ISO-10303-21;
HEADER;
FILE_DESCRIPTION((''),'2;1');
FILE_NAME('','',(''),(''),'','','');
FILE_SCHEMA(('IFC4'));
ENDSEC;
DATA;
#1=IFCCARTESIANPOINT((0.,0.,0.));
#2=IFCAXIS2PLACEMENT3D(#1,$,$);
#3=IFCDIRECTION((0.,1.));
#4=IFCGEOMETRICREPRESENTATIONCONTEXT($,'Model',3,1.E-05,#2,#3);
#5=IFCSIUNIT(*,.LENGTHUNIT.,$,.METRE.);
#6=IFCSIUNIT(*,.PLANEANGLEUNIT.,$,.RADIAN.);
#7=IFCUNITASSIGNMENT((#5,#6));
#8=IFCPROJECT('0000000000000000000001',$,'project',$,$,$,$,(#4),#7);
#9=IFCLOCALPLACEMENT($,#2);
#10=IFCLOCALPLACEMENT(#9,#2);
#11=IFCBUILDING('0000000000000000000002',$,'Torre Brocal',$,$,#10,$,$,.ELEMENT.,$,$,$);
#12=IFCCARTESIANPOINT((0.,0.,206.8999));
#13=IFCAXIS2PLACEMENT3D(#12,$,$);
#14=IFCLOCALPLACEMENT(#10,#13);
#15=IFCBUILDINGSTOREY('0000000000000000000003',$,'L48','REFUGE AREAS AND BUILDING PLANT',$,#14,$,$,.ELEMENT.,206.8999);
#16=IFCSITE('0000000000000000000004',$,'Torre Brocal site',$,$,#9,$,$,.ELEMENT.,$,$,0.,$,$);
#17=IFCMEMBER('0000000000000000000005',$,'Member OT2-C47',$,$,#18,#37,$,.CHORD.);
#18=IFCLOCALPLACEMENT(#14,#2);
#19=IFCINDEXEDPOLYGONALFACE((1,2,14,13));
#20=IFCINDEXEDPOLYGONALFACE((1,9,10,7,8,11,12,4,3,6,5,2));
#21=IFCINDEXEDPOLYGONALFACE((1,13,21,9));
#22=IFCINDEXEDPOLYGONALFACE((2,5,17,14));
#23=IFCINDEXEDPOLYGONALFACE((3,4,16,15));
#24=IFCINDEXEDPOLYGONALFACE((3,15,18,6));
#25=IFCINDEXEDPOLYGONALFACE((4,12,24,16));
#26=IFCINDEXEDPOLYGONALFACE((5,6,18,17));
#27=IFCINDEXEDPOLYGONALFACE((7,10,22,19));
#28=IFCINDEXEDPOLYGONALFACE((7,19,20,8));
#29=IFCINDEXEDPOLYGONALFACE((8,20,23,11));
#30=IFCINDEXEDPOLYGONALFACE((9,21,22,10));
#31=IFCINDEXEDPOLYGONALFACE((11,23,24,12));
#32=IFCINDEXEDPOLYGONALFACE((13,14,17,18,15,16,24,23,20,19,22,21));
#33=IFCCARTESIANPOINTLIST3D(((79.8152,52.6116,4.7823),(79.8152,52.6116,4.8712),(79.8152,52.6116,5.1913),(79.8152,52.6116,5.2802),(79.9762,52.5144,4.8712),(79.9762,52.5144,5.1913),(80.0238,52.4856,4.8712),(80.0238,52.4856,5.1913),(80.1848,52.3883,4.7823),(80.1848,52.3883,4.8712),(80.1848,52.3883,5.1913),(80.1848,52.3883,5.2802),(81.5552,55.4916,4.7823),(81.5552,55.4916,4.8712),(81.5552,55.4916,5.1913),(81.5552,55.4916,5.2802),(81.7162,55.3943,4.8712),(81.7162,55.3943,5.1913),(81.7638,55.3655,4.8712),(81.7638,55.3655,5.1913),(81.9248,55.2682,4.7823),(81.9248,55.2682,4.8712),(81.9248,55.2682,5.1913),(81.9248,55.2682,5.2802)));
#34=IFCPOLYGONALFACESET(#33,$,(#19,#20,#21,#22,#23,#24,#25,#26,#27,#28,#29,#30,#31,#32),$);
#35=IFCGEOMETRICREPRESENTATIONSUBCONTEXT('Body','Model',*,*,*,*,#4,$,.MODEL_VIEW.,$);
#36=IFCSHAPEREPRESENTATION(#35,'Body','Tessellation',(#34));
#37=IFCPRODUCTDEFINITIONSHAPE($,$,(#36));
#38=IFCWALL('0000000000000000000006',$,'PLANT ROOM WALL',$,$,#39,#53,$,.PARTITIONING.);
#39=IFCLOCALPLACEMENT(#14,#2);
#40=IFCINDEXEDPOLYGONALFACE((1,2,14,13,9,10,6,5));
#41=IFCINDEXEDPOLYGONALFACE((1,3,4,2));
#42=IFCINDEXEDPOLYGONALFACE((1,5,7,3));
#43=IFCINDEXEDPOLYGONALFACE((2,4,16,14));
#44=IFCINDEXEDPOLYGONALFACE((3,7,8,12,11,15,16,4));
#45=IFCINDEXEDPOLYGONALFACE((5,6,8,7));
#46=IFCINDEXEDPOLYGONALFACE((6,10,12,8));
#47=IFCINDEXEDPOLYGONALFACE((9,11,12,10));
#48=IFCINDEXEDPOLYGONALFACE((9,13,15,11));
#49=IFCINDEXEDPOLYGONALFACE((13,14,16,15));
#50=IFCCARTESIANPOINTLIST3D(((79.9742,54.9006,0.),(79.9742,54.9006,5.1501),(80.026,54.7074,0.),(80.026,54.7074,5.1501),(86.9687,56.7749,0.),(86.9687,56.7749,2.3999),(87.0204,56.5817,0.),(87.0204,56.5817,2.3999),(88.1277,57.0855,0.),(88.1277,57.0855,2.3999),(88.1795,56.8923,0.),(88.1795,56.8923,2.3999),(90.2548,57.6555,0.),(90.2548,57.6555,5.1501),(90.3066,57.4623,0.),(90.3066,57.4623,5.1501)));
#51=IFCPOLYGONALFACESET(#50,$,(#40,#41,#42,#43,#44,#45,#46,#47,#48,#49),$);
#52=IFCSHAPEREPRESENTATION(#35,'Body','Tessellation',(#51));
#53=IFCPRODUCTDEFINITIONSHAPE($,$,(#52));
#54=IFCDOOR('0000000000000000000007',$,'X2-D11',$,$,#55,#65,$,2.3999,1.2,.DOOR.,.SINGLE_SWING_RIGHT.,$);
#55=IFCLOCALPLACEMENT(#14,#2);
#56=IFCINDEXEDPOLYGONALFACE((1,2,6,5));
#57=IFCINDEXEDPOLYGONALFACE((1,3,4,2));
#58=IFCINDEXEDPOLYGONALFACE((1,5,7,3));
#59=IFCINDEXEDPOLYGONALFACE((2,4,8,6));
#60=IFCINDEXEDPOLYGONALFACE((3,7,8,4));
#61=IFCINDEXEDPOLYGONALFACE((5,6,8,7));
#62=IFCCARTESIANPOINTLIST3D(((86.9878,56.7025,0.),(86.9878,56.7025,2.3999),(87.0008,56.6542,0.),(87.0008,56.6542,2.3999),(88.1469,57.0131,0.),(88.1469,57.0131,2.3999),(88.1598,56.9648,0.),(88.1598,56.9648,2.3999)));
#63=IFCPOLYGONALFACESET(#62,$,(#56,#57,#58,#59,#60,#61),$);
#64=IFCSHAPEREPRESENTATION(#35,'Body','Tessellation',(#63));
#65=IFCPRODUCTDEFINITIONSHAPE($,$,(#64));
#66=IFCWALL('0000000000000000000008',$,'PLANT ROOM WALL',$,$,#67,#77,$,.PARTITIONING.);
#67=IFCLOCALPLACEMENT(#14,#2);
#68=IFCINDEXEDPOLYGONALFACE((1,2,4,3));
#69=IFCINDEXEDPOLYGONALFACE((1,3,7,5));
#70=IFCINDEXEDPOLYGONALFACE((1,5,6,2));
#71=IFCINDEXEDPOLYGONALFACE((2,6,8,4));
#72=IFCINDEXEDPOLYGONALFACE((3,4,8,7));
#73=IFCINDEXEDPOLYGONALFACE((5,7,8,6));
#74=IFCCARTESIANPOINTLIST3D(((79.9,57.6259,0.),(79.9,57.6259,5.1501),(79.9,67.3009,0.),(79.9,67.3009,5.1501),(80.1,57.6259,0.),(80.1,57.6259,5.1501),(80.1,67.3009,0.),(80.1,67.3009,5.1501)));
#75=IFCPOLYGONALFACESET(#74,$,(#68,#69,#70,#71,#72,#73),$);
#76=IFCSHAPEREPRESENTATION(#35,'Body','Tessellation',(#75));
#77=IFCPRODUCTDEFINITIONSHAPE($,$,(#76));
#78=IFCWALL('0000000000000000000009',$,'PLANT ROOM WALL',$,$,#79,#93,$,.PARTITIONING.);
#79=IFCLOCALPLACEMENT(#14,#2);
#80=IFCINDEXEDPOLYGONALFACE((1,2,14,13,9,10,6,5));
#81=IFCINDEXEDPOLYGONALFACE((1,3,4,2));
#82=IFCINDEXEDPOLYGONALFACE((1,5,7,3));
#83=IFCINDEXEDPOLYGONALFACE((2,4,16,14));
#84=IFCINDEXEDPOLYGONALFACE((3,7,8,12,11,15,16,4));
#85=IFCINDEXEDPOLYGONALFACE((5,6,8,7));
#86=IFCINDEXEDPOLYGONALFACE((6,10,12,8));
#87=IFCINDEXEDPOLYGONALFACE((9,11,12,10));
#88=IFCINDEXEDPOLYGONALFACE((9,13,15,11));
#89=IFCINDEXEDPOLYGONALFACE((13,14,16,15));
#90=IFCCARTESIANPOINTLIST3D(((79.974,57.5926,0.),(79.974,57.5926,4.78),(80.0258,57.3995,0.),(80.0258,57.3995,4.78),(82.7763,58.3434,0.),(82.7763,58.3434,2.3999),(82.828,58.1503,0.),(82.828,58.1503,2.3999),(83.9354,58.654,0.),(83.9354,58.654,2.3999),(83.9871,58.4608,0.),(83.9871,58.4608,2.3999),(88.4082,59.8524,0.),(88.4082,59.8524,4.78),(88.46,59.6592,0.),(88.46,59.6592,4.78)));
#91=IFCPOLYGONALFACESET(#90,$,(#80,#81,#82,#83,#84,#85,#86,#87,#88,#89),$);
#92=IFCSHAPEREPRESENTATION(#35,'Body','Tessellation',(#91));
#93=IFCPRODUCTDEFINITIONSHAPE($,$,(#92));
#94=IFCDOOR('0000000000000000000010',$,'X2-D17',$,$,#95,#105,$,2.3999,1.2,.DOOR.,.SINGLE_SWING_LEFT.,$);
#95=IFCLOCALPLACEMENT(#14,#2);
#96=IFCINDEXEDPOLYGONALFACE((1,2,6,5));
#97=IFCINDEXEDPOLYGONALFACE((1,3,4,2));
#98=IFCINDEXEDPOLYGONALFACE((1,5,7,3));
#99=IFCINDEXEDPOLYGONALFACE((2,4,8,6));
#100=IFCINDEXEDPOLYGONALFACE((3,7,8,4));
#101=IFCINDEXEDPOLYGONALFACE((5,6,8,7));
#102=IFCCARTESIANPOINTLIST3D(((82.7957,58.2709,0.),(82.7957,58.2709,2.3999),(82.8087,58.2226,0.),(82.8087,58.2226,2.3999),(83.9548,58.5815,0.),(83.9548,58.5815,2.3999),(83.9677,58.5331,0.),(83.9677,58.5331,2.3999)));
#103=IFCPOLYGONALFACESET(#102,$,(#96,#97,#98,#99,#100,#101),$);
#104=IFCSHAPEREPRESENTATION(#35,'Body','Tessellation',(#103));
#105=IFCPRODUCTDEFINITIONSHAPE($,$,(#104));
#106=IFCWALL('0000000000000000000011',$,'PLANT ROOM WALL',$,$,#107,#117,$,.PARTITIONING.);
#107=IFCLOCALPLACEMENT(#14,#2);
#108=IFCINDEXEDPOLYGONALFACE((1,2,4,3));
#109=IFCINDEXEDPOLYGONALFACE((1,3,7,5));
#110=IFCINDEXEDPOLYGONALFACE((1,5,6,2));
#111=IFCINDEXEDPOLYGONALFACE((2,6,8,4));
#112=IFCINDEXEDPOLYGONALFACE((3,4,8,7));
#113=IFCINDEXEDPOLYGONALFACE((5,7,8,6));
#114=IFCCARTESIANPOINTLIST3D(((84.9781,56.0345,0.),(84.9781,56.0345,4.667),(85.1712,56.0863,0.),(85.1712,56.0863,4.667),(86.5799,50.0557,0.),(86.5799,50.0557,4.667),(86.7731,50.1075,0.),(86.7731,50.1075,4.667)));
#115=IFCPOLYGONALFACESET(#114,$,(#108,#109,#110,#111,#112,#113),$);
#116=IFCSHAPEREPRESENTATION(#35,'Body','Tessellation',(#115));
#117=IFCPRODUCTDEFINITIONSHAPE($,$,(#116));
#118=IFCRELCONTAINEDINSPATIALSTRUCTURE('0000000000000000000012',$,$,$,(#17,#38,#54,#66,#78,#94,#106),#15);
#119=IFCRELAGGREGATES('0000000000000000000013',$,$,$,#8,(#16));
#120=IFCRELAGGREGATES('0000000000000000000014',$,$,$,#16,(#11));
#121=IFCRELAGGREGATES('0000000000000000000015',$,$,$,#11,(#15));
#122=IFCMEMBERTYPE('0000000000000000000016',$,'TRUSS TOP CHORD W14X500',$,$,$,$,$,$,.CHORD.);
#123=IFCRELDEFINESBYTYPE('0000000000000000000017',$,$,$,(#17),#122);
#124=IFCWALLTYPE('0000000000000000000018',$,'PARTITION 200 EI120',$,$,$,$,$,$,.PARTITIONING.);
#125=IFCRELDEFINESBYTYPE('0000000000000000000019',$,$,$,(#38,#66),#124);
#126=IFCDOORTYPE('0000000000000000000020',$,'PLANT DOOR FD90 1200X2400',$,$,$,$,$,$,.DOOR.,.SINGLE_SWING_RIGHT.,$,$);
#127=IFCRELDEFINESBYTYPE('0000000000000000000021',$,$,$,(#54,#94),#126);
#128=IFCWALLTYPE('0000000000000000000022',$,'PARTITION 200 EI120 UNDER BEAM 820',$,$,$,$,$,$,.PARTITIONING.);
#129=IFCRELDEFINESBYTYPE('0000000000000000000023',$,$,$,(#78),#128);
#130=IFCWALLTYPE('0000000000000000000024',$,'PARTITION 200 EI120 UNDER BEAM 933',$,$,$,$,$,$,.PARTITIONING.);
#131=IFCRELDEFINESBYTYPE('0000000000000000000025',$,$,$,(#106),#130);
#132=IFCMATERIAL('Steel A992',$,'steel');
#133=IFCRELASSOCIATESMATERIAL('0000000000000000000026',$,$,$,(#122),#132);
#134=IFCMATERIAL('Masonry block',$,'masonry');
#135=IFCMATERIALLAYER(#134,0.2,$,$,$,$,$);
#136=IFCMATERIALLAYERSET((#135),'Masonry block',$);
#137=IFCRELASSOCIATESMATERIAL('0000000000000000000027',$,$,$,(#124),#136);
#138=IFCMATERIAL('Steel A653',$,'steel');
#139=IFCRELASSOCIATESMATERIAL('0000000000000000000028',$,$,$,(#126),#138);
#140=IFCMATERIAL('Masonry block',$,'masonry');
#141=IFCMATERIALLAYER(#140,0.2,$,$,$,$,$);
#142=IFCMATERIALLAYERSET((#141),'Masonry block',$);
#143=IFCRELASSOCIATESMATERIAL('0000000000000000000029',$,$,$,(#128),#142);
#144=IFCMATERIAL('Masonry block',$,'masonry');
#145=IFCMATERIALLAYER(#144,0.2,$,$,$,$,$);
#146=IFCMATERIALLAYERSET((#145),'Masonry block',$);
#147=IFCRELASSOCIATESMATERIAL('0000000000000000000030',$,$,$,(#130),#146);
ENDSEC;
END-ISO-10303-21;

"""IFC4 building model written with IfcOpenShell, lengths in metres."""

from ifc_helpers import new_model, si_unit, direction, frame, frame_2d, origin, origin_2d, place, context, subcontext, project, spatial, rectangle, i_section, extrude, material, layer, layer_set, material_profile, profile_set, type_object, element, fill, save


model = new_model("IFC4")

# Units and contexts
model_context = context("Model", 3, precision=1e-05, world=origin(), true_north=direction((0.0, 1.0)))
body_context = subcontext(model_context, "Body", "Model", "MODEL_VIEW")
ifc_project = project(units=[si_unit("LENGTHUNIT", "METRE"), si_unit("PLANEANGLEUNIT", "RADIAN")], contexts=[model_context])

# Site, building, storey
site_placement = place(None, origin())
site = spatial("IfcSite", under=ifc_project, at=site_placement, Name="Torre Brocal site", CompositionType="ELEMENT", RefElevation=0.0)
building_placement = place(site_placement, origin())
building = spatial("IfcBuilding", under=site, at=building_placement, Name="Torre Brocal", CompositionType="ELEMENT")
storey_placement = place(building_placement, frame((0.0, 0.0, 206.8999)))
storey = spatial("IfcBuildingStorey", under=building, at=storey_placement, Name="L48", Description="REFUGE AREAS AND BUILDING PLANT", CompositionType="ELEMENT", Elevation=206.8999)

# Member
ifc_material_1 = material(Name="Steel A992", Category="steel")
ifc_material_profile_1 = material_profile(ifc_material_1, i_section(OverallWidth=0.4319, OverallDepth=0.4978, WebThickness=0.0557, FlangeThickness=0.0889, at=origin_2d()), Name="W14X500")
ifc_profile_set_1 = profile_set([ifc_material_profile_1], Name="Steel A992")
member_type_1 = type_object("IfcMemberType", Name="TRUSS TOP CHORD W14X500", PredefinedType="CHORD", material=ifc_profile_set_1)
member_1_placement = place(storey_placement, frame((81.74, 55.3799, 5.0312), z_axis=(-0.517129, -0.855908, 0.0), x_axis=(0.855908, -0.517129, 0.0)))
element("IfcMember", 1, at=member_1_placement, inside=storey, type_object=member_type_1, Name="Member OT2-C47", PredefinedType="CHORD", context=body_context, shape_type="SweptSolid", body=[
    extrude(i_section(OverallWidth=0.4319, OverallDepth=0.4978, WebThickness=0.0557, FlangeThickness=0.0889, at=origin_2d()), origin(), (0.0, 0.0, 1.0), 3.3647),
])

# Wall, opening, door
ifc_material_2 = material(Name="Masonry block", Category="masonry")
ifc_layer_1 = layer(ifc_material_2, 0.2)
ifc_layer_set_1 = layer_set([ifc_layer_1], Name="Masonry block")
wall_type_1 = type_object("IfcWallType", Name="PARTITION 200 EI120", PredefinedType="PARTITIONING", material=ifc_layer_set_1)
wall_1_placement = place(storey_placement, frame((80.0, 54.804, 0.0), z_axis=(0.0, 0.0, 1.0), x_axis=(0.965921, 0.258839, 0.0)))
wall_1 = element("IfcWall", 2, at=wall_1_placement, inside=storey, type_object=wall_type_1, Name="PLANT ROOM WALL", PredefinedType="PARTITIONING", context=body_context, shape_type="SweptSolid", body=[
    extrude(rectangle(XDim=10.6433, YDim=0.2, at=frame_2d((5.3218, 0.0))), origin(), (0.0, 0.0, 1.0), 5.1501),
])
opening_1_placement = place(wall_1_placement, frame((7.2412, 0.0, 0.0)))
opening_1 = element("IfcOpeningElement", 3, at=opening_1_placement, cuts=wall_1, PredefinedType="OPENING", context=body_context, shape_type="SweptSolid", body=[
    extrude(rectangle(XDim=1.2, YDim=2.3999, at=frame_2d((0.6001, 1.2))), frame((0.0, 0.1099, 0.0), z_axis=(0.0, -1.0, 0.0), x_axis=(1.0, 0.0, 0.0)), (0.0, 0.0, 1.0), 0.22),
])
ifc_material_3 = material(Name="Steel A653", Category="steel")
door_type = type_object("IfcDoorType", Name="PLANT DOOR FD90 1200X2400", OperationType="SINGLE_SWING_RIGHT", PredefinedType="DOOR", material=ifc_material_3)
door_1_placement = place(opening_1_placement, frame((1.2, 0.0, 0.0), z_axis=(0.0, 0.0, 1.0), x_axis=(-1.0, 0.0, 0.0)))
door_1 = element("IfcDoor", 4, at=door_1_placement, inside=storey, type_object=door_type, Name="X2-D11", OperationType="SINGLE_SWING_RIGHT", OverallHeight=2.3999, OverallWidth=1.2, PredefinedType="DOOR", context=body_context, shape_type="SweptSolid", body=[
    extrude(rectangle(XDim=1.2, YDim=2.3999, at=frame_2d((0.6001, 1.2))), frame((0.0, 0.0249, 0.0), z_axis=(0.0, -1.0, 0.0), x_axis=(1.0, 0.0, 0.0)), (0.0, 0.0, 1.0), 0.05),
])
fill(opening_1, door_1)

# Wall
wall_2_placement = place(storey_placement, frame((80.0, 57.626, 0.0), z_axis=(0.0, 0.0, 1.0), x_axis=(0.0, 1.0, 0.0)))
element("IfcWall", 5, at=wall_2_placement, inside=storey, type_object=wall_type_1, Name="PLANT ROOM WALL", PredefinedType="PARTITIONING", context=body_context, shape_type="SweptSolid", body=[
    extrude(rectangle(XDim=9.675, YDim=0.2, at=frame_2d((4.8374, 0.0))), origin(), (0.0, 0.0, 1.0), 5.1501),
])

# Wall, opening, door
ifc_material_4 = material(Name="Masonry block", Category="masonry")
ifc_layer_2 = layer(ifc_material_4, 0.2)
ifc_layer_set_2 = layer_set([ifc_layer_2], Name="Masonry block")
wall_type_2 = type_object("IfcWallType", Name="PARTITION 200 EI120 UNDER BEAM 820", PredefinedType="PARTITIONING", material=ifc_layer_set_2)
wall_3_placement = place(storey_placement, frame((80.0, 57.4961, 0.0), z_axis=(0.0, 0.0, 1.0), x_axis=(0.965932, 0.258797, 0.0)))
wall_3 = element("IfcWall", 6, at=wall_3_placement, inside=storey, type_object=wall_type_2, Name="PLANT ROOM WALL", PredefinedType="PARTITIONING", context=body_context, shape_type="SweptSolid", body=[
    extrude(rectangle(XDim=8.7317, YDim=0.2, at=frame_2d((4.3657, 0.0))), origin(), (0.0, 0.0, 1.0), 4.78),
])
opening_2_placement = place(wall_3_placement, frame((2.9009, 0.0, 0.0)))
opening_2 = element("IfcOpeningElement", 7, at=opening_2_placement, cuts=wall_3, PredefinedType="OPENING", context=body_context, shape_type="SweptSolid", body=[
    extrude(rectangle(XDim=1.2, YDim=2.3999, at=frame_2d((0.6001, 1.2))), frame((0.0, 0.1099, 0.0), z_axis=(0.0, -1.0, 0.0), x_axis=(1.0, 0.0, 0.0)), (0.0, 0.0, 1.0), 0.22),
])
door_2_placement = place(opening_2_placement, origin())
door_2 = element("IfcDoor", 8, at=door_2_placement, inside=storey, type_object=door_type, Name="X2-D17", OperationType="SINGLE_SWING_LEFT", OverallHeight=2.3999, OverallWidth=1.2, PredefinedType="DOOR", context=body_context, shape_type="SweptSolid", body=[
    extrude(rectangle(XDim=1.2, YDim=2.3999, at=frame_2d((0.6001, 1.2))), frame((0.0, 0.0249, 0.0), z_axis=(0.0, -1.0, 0.0), x_axis=(1.0, 0.0, 0.0)), (0.0, 0.0, 1.0), 0.05),
])
fill(opening_2, door_2)

# Wall
ifc_material_5 = material(Name="Masonry block", Category="masonry")
ifc_layer_3 = layer(ifc_material_5, 0.2)
ifc_layer_set_3 = layer_set([ifc_layer_3], Name="Masonry block")
wall_type_3 = type_object("IfcWallType", Name="PARTITION 200 EI120 UNDER BEAM 933", PredefinedType="PARTITIONING", material=ifc_layer_set_3)
wall_4_placement = place(storey_placement, frame((85.0747, 56.0603, 0.0), z_axis=(0.0, 0.0, 1.0), x_axis=(0.258789, -0.965934, 0.0)))
element("IfcWall", 9, at=wall_4_placement, inside=storey, type_object=wall_type_3, Name="PLANT ROOM WALL", PredefinedType="PARTITIONING", context=body_context, shape_type="SweptSolid", body=[
    extrude(rectangle(XDim=6.1897, YDim=0.2, at=frame_2d((3.0947, 0.0))), origin(), (0.0, 0.0, 1.0), 4.667),
])

save(model, "model.ifc")
